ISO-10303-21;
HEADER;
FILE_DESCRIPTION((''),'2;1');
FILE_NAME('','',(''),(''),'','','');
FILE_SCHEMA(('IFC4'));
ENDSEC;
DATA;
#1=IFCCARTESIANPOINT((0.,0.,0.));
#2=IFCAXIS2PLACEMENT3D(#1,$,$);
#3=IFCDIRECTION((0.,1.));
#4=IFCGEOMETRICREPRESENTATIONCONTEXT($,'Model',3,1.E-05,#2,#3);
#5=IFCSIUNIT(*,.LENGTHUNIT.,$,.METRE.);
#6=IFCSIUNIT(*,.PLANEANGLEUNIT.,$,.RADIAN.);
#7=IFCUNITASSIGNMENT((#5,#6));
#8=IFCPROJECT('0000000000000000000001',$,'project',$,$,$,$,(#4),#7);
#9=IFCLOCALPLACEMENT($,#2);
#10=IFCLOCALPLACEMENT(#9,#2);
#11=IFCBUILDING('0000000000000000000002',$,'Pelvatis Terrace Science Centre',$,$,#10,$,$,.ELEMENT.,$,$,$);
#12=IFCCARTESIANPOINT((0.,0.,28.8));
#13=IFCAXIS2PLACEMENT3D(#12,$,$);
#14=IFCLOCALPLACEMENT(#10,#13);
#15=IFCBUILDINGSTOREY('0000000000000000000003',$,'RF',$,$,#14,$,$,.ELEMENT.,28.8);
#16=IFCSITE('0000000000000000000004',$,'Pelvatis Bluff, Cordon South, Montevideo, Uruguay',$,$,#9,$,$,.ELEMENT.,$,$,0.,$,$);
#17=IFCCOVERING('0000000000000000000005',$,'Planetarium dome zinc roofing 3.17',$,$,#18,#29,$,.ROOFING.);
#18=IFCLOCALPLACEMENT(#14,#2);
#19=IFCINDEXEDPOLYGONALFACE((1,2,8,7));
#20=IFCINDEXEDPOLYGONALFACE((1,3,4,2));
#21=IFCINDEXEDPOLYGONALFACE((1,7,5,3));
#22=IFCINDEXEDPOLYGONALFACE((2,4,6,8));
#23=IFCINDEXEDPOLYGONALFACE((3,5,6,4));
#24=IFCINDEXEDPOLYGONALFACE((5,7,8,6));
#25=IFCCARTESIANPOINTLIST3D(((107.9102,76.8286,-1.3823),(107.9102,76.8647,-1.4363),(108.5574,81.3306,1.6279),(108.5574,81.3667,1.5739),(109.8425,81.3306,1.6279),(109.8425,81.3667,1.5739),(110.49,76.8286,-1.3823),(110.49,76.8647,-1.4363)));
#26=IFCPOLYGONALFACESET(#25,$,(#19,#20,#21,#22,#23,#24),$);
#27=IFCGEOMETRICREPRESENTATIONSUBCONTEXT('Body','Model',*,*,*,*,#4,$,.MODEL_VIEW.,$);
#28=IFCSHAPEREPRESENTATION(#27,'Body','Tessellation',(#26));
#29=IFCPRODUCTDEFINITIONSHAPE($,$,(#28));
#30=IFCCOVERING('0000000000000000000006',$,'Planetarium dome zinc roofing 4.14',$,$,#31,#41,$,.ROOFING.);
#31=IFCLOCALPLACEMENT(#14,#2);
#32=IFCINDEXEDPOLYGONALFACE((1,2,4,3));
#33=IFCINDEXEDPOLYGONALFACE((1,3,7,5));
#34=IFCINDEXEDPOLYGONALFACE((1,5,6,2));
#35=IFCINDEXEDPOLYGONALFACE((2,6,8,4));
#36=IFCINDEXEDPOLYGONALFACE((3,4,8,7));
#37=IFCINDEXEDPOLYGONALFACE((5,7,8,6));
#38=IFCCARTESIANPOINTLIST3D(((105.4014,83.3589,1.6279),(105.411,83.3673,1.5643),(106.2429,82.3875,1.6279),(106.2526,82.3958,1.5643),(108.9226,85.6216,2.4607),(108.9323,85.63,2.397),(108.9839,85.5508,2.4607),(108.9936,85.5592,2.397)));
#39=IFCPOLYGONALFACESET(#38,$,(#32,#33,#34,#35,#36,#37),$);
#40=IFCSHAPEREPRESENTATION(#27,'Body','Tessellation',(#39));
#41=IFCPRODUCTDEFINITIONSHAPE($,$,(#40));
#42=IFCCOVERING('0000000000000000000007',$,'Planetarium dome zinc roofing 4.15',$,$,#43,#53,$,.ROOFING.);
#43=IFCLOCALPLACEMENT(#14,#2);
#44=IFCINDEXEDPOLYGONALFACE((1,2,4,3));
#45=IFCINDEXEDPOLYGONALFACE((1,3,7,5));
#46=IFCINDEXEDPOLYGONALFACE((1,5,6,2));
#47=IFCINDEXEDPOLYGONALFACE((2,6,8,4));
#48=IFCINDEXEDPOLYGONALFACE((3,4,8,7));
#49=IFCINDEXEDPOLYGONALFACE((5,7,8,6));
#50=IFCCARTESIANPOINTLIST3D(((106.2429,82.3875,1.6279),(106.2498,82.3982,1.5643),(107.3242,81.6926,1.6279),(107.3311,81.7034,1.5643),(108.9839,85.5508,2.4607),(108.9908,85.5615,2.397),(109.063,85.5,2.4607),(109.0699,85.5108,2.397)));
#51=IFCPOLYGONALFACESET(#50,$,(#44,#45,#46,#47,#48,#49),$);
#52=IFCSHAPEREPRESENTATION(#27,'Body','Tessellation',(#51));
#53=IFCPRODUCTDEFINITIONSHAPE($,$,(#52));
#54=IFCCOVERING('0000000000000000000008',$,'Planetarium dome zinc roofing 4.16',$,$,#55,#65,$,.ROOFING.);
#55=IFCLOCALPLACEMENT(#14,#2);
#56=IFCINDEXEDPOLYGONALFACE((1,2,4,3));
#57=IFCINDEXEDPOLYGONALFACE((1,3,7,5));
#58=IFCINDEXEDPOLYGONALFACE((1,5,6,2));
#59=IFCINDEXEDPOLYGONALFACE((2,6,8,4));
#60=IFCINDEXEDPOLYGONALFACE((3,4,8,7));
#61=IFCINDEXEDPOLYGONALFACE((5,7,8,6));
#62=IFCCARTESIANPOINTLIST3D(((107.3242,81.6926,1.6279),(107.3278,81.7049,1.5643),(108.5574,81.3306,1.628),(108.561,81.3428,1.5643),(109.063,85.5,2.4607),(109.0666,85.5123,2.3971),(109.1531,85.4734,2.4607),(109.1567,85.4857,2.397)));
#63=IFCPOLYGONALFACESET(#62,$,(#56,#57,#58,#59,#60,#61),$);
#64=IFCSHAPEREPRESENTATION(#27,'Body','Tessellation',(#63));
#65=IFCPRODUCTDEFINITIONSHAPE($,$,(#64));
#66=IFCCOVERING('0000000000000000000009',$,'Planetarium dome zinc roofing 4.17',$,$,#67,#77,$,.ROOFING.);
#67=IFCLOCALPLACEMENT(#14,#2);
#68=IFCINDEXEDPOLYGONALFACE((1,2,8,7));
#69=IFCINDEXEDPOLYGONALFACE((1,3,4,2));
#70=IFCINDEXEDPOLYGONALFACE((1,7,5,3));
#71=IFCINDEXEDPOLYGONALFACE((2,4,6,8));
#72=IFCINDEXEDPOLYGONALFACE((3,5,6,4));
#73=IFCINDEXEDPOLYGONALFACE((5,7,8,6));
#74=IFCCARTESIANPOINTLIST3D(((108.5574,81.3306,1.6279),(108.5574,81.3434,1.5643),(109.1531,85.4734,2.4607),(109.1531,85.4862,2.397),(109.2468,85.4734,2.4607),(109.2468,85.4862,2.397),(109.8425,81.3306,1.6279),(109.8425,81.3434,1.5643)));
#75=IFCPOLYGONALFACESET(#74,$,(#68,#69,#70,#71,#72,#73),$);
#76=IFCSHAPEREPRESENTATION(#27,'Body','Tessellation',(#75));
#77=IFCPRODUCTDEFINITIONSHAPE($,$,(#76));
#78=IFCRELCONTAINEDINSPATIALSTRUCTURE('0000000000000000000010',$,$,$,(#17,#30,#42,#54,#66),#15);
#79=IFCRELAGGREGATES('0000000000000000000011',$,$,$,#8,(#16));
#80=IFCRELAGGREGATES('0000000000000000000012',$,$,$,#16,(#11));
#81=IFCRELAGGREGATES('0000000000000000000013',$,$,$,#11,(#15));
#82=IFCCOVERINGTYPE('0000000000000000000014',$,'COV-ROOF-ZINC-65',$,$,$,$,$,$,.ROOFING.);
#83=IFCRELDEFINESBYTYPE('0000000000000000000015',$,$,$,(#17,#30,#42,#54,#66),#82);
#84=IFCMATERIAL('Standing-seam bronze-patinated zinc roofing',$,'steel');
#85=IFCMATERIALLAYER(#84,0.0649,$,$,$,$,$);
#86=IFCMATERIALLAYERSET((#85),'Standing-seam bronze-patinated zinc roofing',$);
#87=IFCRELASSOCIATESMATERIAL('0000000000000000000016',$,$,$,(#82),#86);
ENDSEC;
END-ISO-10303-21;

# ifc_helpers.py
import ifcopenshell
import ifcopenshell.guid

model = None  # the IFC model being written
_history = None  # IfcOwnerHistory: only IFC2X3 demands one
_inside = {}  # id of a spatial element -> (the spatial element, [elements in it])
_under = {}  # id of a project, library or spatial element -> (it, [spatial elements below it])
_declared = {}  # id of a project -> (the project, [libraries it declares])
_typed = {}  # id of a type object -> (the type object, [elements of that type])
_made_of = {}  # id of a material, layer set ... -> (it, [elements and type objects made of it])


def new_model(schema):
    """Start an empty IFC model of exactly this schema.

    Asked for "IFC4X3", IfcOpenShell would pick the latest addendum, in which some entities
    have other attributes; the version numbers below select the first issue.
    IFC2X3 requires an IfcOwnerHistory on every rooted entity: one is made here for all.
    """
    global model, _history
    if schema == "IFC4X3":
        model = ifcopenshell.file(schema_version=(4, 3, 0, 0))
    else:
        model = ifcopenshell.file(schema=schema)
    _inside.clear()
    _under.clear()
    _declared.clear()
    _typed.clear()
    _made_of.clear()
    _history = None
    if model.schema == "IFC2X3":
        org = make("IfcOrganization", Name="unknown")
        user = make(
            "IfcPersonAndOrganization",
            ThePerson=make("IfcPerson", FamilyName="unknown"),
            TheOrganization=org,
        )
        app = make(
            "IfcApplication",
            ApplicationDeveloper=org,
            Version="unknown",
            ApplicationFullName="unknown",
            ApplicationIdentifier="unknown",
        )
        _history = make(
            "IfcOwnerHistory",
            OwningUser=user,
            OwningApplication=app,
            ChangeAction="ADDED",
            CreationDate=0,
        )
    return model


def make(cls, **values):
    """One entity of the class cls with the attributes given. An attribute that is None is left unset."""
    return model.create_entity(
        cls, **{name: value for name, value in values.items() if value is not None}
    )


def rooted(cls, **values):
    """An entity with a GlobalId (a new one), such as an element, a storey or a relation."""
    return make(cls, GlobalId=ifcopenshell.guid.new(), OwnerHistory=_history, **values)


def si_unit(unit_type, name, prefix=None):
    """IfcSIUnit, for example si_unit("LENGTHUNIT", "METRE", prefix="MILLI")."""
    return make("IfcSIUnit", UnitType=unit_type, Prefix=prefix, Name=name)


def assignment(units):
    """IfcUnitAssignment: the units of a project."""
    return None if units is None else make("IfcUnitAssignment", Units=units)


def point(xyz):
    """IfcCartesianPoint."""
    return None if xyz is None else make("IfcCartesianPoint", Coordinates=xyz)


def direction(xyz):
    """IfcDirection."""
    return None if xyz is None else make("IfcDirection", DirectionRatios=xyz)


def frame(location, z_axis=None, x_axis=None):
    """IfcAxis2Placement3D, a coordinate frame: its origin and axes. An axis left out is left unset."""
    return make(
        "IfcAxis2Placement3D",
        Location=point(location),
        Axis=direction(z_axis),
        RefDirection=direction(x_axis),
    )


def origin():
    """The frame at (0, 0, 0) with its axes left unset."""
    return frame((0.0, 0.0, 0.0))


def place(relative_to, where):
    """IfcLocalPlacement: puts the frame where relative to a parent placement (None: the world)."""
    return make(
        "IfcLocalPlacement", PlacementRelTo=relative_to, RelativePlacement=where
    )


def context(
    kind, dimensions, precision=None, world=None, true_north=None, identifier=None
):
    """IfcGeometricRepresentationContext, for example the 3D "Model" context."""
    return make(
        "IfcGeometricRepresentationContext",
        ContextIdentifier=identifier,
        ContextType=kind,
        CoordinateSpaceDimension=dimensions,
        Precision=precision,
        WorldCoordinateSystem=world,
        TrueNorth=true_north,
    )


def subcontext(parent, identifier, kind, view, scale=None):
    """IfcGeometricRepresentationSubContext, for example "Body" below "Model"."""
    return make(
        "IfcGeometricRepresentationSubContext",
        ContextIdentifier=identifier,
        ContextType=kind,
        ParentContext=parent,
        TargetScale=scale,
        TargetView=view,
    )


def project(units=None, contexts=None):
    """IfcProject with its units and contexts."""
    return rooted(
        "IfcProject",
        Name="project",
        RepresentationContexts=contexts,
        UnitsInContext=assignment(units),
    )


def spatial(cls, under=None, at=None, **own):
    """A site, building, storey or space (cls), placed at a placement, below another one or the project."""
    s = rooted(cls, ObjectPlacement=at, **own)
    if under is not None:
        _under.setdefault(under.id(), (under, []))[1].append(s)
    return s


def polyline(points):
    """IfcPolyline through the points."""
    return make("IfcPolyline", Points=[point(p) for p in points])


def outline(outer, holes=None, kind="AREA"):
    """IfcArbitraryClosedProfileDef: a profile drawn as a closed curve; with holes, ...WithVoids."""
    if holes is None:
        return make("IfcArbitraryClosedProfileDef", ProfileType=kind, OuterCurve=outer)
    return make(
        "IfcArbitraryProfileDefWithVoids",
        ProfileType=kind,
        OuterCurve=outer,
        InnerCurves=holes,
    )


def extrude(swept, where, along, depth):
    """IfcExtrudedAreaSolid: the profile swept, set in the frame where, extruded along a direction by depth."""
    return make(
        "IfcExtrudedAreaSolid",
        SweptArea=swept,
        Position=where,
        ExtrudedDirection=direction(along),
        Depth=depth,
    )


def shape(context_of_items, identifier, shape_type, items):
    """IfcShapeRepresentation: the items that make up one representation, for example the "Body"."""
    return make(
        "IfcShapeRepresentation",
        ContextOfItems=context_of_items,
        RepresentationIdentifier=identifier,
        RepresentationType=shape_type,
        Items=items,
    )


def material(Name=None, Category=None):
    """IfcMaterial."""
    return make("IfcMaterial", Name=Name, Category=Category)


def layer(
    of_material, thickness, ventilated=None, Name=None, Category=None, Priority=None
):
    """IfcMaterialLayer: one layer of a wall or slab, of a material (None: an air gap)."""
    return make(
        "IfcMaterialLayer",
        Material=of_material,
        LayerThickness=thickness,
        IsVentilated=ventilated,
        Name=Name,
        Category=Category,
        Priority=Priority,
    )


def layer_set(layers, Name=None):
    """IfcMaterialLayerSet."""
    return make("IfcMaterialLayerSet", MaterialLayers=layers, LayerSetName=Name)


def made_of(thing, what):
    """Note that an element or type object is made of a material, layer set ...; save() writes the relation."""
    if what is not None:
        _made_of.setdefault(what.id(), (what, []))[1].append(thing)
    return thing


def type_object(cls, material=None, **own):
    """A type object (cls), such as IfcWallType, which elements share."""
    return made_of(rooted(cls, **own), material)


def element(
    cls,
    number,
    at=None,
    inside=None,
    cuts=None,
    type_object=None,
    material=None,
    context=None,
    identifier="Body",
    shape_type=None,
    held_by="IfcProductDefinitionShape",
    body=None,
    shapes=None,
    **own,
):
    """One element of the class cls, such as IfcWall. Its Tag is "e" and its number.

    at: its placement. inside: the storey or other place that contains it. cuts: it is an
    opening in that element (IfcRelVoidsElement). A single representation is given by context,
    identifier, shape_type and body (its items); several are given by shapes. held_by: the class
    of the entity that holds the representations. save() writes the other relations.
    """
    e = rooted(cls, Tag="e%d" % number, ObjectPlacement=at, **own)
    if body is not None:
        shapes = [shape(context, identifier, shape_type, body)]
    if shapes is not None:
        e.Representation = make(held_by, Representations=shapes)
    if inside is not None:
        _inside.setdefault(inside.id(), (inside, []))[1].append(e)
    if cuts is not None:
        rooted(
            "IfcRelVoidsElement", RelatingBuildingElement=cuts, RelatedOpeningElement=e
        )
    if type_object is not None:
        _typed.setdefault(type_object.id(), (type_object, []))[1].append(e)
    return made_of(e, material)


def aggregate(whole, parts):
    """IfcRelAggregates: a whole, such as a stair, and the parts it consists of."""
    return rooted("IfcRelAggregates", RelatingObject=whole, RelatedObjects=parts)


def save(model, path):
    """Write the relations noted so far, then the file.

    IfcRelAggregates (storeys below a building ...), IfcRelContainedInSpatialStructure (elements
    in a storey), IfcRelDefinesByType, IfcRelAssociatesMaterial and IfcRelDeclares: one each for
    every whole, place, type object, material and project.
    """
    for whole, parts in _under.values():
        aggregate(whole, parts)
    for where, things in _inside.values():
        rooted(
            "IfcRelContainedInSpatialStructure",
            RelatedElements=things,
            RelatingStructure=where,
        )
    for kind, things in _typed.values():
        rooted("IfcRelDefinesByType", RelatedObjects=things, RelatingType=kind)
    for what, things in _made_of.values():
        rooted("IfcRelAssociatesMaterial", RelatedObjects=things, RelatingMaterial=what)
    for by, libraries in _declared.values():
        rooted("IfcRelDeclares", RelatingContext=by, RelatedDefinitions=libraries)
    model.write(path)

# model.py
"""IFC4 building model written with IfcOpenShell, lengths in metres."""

from ifc_helpers import new_model, si_unit, direction, frame, origin, place, context, subcontext, project, spatial, polyline, outline, extrude, material, layer, layer_set, type_object, element, save


model = new_model("IFC4")

# Units and contexts
model_context = context("Model", 3, precision=1e-05, world=origin(), true_north=direction((0.0, 1.0)))
body_context = subcontext(model_context, "Body", "Model", "MODEL_VIEW")
ifc_project = project(units=[si_unit("LENGTHUNIT", "METRE"), si_unit("PLANEANGLEUNIT", "RADIAN")], contexts=[model_context])

# Site, building, storey
site_placement = place(None, origin())
site = spatial("IfcSite", under=ifc_project, at=site_placement, Name="Pelvatis Bluff, Cordon South, Montevideo, Uruguay", CompositionType="ELEMENT", RefElevation=0.0)
building_placement = place(site_placement, origin())
building = spatial("IfcBuilding", under=site, at=building_placement, Name="Pelvatis Terrace Science Centre", CompositionType="ELEMENT")
storey_placement = place(building_placement, frame((0.0, 0.0, 28.8)))
storey = spatial("IfcBuildingStorey", under=building, at=storey_placement, Name="RF", CompositionType="ELEMENT", Elevation=28.8)

# Coverings
ifc_material_1 = material(Name="Standing-seam bronze-patinated zinc roofing", Category="steel")
ifc_layer_1 = layer(ifc_material_1, 0.0649)
ifc_layer_set_1 = layer_set([ifc_layer_1], Name="Standing-seam bronze-patinated zinc roofing")
covering_type = type_object("IfcCoveringType", Name="COV-ROOF-ZINC-65", PredefinedType="ROOFING", material=ifc_layer_set_1)
covering_1_placement = place(storey_placement, frame((107.9102, 76.8286, -1.3823), z_axis=(0.0, -0.555844, 0.831287), x_axis=(1.0, 0.0, 0.0)))
element("IfcCovering", 1, at=covering_1_placement, inside=storey, type_object=covering_type, Name="Planetarium dome zinc roofing 3.17", PredefinedType="ROOFING", context=body_context, shape_type="SweptSolid", body=[
    extrude(outline(polyline([(0.0, 0.0), (2.5798, 0.0), (1.9324, 5.4156), (0.6472, 5.4156), (0.0, 0.0)])), origin(), (0.0, 0.0, -1.0), 0.0649),
])
covering_2_placement = place(storey_placement, frame((105.4014, 83.3589, 1.6279), z_axis=(-0.148951, -0.129028, 0.980391), x_axis=(0.654771, -0.755828, 0.000006)))
element("IfcCovering", 2, at=covering_2_placement, inside=storey, type_object=covering_type, Name="Planetarium dome zinc roofing 4.14", PredefinedType="ROOFING", context=body_context, shape_type="SweptSolid", body=[
    extrude(outline(polyline([(0.0, 0.0), (1.2853, 0.0), (0.689, 4.2258), (0.5954, 4.2259), (0.0, 0.0)])), origin(), (0.0, 0.0, -1.0), 0.0649),
])
covering_3_placement = place(storey_placement, frame((106.2429, 82.3875, 1.6279), z_axis=(-0.106526, -0.165788, 0.980391), x_axis=(0.841284, -0.540593, -0.000006)))
element("IfcCovering", 3, at=covering_3_placement, inside=storey, type_object=covering_type, Name="Planetarium dome zinc roofing 4.15", PredefinedType="ROOFING", context=body_context, shape_type="SweptSolid", body=[
    extrude(outline(polyline([(0.0, 0.0), (1.2853, 0.0), (0.6899, 4.2259), (0.5959, 4.2259), (0.0, 0.0)])), origin(), (0.0, 0.0, -1.0), 0.0649),
])
covering_4_placement = place(storey_placement, frame((107.3242, 81.6926, 1.6279), z_axis=(-0.055538, -0.189079, 0.98039), x_axis=(0.959497, -0.281718, 0.000022)))
element("IfcCovering", 4, at=covering_4_placement, inside=storey, type_object=covering_type, Name="Planetarium dome zinc roofing 4.16", PredefinedType="ROOFING", context=body_context, shape_type="SweptSolid", body=[
    extrude(outline(polyline([(0.0, 0.0), (1.2852, 0.0), (0.6897, 4.2257), (0.5958, 4.2259), (0.0, 0.0)])), origin(), (0.0, 0.0, -1.0), 0.0649),
])
covering_5_placement = place(storey_placement, frame((108.5574, 81.3306, 1.6279), z_axis=(0.0, -0.197072, 0.980389), x_axis=(1.0, 0.0, 0.0)))
element("IfcCovering", 5, at=covering_5_placement, inside=storey, type_object=covering_type, Name="Planetarium dome zinc roofing 4.17", PredefinedType="ROOFING", context=body_context, shape_type="SweptSolid", body=[
    extrude(outline(polyline([(0.0, 0.0), (1.2852, 0.0), (0.6895, 4.2257), (0.5957, 4.2257), (0.0, 0.0)])), origin(), (0.0, 0.0, -1.0), 0.0649),
])

save(model, "model.ifc")
